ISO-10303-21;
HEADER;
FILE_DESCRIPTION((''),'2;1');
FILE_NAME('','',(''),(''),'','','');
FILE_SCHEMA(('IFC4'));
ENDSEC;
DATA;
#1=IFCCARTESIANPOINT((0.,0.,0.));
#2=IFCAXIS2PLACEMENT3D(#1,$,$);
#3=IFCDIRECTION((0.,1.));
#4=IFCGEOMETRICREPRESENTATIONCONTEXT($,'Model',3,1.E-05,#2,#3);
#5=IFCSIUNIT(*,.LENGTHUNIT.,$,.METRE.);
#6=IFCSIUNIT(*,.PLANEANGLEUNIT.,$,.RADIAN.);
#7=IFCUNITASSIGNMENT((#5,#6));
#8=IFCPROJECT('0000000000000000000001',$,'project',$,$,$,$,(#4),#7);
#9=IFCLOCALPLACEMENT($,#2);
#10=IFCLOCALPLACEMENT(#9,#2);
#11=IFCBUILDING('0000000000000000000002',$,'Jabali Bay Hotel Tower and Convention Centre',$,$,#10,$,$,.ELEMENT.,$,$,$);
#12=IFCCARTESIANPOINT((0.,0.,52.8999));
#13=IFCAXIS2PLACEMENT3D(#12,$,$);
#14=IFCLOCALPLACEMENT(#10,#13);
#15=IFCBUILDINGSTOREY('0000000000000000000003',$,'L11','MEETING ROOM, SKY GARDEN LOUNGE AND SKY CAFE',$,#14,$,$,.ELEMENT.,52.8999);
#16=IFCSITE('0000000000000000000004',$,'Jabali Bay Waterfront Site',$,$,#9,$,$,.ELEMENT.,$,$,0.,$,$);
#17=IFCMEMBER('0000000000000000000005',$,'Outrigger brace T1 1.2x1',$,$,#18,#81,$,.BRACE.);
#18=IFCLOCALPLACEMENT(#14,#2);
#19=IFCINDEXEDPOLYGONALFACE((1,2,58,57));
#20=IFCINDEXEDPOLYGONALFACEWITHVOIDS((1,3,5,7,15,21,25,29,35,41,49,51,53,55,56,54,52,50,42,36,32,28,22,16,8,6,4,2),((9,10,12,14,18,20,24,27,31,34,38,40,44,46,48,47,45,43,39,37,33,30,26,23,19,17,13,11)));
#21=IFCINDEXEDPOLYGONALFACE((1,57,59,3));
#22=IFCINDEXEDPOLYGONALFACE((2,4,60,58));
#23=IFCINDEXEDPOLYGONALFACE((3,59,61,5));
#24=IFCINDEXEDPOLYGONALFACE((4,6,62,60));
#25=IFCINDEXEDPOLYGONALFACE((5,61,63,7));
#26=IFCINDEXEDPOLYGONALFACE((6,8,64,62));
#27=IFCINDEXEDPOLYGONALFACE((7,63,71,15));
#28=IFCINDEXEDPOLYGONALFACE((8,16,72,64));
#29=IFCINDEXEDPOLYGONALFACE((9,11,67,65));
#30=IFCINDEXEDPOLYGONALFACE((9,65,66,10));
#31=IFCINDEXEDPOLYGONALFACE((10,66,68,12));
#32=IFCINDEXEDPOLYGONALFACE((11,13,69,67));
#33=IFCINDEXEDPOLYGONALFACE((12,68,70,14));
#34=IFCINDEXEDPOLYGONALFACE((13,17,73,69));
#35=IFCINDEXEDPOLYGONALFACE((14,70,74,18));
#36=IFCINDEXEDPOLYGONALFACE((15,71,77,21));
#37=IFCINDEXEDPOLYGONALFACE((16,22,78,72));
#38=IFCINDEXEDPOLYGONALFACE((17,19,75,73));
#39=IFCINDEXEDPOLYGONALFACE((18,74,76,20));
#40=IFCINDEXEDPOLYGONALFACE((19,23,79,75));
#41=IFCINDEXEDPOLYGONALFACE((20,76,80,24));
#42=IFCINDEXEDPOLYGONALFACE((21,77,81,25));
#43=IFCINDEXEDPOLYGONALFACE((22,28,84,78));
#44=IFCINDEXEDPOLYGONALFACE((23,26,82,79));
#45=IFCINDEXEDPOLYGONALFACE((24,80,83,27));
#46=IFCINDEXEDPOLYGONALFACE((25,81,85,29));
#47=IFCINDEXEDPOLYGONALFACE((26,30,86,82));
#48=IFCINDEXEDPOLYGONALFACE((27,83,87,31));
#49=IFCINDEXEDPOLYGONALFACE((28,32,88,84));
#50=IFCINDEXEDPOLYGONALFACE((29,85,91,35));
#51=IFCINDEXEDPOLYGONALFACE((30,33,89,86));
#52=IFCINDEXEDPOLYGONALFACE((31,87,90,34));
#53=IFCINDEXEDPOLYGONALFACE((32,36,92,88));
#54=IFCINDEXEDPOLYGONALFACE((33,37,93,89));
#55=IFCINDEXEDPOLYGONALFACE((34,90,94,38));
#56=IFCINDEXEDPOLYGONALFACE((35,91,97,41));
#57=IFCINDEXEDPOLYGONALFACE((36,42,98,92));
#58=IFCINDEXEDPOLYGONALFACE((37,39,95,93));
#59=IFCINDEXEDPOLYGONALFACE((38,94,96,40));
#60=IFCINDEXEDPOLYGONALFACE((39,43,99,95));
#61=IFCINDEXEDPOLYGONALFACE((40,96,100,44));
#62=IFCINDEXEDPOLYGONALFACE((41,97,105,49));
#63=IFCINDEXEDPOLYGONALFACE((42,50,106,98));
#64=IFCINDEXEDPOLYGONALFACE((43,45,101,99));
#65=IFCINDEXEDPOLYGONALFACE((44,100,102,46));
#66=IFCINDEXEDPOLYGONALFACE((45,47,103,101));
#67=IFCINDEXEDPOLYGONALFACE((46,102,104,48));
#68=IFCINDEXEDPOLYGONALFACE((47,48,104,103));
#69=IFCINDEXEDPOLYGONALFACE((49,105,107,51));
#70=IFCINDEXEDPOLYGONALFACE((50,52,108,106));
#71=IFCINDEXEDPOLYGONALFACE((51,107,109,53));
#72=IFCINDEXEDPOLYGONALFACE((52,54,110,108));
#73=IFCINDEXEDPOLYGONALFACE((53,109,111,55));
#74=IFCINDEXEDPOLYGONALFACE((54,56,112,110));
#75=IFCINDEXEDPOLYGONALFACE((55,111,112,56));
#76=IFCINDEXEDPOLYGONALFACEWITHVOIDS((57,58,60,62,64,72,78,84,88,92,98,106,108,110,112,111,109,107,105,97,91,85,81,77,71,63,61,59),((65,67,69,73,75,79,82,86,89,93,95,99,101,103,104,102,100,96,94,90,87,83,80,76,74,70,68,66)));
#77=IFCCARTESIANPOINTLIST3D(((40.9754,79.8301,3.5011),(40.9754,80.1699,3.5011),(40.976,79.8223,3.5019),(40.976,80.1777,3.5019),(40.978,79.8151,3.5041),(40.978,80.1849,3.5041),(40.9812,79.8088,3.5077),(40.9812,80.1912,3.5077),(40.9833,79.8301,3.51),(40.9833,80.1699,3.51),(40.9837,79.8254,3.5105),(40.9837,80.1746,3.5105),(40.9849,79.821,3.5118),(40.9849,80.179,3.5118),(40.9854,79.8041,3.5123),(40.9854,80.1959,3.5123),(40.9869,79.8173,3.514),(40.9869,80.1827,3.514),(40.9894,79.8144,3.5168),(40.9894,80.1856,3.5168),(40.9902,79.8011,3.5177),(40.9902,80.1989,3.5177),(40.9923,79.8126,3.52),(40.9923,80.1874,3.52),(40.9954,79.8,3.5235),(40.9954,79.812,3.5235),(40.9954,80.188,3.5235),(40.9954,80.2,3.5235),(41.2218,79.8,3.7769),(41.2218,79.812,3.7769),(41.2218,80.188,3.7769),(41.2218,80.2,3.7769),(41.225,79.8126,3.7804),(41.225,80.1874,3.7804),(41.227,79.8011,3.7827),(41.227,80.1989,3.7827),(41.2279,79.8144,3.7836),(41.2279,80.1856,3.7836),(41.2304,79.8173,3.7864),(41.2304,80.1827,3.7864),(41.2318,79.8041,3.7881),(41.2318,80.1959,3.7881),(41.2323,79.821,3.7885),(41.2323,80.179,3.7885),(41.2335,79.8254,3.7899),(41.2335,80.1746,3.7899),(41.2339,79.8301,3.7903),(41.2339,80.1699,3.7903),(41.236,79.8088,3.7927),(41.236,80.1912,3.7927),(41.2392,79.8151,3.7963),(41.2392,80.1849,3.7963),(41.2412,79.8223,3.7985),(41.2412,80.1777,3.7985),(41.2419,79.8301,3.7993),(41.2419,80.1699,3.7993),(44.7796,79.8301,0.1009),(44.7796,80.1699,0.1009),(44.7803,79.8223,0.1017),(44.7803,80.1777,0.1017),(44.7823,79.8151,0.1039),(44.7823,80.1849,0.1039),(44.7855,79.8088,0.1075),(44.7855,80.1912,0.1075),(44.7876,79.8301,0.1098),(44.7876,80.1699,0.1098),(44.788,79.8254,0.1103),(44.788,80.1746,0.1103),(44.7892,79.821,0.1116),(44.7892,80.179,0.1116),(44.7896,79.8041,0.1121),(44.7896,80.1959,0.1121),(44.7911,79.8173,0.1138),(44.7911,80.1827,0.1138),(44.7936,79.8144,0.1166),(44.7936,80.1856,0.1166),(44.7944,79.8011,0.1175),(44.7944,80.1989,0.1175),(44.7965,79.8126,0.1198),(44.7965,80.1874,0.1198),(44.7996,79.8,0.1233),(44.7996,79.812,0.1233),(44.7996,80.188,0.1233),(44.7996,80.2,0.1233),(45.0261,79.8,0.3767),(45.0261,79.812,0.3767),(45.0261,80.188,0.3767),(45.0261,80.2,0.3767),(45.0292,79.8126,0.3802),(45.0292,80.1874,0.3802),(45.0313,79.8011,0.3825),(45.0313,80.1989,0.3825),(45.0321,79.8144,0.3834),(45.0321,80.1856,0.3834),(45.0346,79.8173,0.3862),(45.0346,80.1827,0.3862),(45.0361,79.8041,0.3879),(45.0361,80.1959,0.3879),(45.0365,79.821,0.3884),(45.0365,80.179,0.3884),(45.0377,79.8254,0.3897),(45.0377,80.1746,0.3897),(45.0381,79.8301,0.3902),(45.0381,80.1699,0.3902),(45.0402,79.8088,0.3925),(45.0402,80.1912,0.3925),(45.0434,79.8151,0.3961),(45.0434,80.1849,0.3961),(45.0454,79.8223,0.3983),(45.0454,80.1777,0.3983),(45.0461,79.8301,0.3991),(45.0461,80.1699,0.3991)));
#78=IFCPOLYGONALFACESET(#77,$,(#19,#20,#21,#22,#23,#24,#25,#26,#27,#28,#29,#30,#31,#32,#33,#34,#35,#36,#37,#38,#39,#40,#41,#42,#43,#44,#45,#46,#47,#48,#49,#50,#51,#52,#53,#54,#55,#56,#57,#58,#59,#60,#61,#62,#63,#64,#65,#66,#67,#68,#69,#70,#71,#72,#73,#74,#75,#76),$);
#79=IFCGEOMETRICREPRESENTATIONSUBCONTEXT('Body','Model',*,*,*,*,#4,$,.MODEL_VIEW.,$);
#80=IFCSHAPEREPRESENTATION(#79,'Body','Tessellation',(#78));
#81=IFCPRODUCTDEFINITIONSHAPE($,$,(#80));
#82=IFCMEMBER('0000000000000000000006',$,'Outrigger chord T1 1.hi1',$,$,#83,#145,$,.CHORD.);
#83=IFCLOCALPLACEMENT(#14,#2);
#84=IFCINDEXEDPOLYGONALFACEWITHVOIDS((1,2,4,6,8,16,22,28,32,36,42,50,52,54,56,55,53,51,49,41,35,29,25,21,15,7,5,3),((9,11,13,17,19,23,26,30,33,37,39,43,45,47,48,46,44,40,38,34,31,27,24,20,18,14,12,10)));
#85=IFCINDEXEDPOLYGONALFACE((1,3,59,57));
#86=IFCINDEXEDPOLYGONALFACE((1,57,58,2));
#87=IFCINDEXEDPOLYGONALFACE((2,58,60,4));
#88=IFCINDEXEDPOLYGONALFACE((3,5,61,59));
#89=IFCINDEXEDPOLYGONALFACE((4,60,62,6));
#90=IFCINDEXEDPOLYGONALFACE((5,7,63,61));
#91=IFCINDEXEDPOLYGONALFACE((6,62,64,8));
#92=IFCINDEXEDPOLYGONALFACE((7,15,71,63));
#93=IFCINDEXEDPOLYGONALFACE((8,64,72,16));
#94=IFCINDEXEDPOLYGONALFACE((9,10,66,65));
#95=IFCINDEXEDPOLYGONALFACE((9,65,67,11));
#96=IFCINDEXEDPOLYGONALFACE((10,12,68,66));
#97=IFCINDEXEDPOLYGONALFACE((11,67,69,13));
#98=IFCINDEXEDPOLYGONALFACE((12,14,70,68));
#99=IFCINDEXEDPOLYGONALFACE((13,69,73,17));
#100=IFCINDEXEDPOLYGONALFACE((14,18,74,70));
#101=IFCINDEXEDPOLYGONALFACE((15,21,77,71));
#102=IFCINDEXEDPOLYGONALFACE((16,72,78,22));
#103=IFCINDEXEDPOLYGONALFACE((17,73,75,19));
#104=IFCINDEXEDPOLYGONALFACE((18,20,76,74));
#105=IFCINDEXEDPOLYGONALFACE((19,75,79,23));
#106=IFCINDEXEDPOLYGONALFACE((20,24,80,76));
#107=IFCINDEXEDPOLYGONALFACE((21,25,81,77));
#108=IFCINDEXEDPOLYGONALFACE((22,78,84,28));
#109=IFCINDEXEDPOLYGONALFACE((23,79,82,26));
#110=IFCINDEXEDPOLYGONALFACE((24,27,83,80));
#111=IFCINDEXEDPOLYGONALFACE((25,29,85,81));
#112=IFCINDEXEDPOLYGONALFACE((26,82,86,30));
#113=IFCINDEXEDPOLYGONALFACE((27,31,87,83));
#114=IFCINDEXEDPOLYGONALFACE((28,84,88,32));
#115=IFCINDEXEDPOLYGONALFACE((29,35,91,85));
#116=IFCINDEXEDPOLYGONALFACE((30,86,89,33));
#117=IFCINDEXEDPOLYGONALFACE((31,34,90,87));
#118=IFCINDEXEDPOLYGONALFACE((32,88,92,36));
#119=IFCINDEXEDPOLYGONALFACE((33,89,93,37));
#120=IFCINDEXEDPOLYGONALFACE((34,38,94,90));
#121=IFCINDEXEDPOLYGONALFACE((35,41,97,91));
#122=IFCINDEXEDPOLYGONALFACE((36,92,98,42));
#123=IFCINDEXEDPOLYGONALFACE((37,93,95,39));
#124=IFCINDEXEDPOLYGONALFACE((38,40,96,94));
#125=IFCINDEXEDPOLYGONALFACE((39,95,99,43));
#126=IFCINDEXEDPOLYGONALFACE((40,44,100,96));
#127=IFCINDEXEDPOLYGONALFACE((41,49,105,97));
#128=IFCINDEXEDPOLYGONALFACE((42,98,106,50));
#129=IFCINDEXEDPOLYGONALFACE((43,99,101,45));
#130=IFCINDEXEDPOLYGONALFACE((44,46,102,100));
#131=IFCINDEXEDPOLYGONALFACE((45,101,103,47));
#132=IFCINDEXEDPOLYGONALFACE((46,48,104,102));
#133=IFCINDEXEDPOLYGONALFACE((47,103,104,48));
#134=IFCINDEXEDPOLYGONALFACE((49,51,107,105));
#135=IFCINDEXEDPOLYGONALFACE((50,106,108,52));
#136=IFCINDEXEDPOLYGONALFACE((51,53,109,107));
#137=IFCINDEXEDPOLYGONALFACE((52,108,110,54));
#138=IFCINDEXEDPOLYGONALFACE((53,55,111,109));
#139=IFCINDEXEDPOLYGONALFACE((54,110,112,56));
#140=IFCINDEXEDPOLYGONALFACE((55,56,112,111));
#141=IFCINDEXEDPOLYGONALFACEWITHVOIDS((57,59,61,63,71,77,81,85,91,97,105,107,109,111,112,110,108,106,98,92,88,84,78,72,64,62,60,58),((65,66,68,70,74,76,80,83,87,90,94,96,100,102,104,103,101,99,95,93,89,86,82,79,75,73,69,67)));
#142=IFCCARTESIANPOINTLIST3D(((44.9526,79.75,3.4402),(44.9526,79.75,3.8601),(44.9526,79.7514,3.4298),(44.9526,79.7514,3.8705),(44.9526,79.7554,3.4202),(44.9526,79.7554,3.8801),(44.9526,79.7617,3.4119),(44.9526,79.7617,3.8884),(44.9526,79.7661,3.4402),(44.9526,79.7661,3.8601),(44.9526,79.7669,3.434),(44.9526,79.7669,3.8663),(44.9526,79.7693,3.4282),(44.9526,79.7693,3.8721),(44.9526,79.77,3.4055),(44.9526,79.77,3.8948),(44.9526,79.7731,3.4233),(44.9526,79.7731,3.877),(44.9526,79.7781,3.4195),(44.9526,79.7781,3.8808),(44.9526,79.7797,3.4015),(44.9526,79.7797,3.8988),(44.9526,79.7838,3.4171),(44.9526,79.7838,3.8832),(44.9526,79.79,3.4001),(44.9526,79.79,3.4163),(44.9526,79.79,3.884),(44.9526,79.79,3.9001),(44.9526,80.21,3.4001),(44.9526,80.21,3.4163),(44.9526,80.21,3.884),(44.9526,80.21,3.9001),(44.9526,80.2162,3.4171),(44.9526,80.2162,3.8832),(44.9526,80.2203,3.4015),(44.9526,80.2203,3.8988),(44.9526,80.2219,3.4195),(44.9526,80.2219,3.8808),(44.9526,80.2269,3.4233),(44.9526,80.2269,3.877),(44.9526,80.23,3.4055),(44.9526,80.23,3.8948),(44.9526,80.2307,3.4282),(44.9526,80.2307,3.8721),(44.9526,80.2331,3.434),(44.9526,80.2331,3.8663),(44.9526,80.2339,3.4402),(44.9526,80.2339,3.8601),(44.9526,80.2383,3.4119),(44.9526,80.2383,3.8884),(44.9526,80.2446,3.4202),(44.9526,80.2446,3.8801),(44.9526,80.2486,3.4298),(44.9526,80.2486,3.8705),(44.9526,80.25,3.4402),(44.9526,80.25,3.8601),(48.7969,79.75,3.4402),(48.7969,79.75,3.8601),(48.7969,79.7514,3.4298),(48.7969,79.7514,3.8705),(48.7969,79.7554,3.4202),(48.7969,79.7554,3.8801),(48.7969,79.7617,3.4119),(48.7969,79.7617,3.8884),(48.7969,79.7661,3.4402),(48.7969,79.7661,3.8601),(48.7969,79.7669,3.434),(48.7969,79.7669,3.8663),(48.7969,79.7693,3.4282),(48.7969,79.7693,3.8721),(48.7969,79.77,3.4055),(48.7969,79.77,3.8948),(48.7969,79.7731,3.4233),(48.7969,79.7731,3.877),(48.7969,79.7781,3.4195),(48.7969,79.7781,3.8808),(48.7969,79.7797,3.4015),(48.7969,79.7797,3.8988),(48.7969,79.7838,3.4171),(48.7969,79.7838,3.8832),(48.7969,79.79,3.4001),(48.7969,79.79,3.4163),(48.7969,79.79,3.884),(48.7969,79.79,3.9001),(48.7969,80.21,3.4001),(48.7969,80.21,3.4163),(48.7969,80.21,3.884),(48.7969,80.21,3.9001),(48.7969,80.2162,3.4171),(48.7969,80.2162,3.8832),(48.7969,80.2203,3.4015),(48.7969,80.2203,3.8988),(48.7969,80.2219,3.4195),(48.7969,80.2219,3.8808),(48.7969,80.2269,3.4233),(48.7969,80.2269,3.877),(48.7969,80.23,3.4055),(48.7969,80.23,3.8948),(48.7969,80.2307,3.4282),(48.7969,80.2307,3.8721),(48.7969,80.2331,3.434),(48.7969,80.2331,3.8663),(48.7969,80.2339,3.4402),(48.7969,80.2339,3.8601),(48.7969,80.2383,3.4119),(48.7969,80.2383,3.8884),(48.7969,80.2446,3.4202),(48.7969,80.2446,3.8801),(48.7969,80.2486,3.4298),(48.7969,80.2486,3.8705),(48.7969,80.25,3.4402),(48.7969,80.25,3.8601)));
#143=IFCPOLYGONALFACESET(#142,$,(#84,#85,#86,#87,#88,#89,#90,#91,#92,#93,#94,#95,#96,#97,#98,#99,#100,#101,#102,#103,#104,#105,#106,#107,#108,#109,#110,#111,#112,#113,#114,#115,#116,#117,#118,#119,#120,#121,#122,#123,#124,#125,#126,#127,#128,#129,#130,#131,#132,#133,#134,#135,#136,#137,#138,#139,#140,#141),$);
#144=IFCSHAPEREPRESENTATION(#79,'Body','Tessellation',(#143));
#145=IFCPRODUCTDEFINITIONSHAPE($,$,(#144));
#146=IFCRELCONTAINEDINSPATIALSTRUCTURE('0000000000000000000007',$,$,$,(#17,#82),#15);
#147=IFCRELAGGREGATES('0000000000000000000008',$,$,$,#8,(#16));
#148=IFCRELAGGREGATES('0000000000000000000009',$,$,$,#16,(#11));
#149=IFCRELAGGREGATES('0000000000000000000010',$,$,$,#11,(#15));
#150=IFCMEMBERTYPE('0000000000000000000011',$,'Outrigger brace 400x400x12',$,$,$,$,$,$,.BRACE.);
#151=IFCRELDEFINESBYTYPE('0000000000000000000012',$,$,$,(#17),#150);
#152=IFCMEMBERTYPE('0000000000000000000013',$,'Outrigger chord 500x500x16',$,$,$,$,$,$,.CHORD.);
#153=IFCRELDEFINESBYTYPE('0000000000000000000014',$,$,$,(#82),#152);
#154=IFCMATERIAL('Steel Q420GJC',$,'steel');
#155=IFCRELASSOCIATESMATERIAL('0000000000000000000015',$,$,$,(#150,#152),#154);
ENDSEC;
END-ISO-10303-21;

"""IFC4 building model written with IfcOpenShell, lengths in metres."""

from ifc_helpers import new_model, si_unit, direction, frame, origin, origin_2d, place, context, subcontext, project, spatial, hollow_rectangle, extrude, material, material_profile, profile_set, type_object, element, save


model = new_model("IFC4")

# Units and contexts
model_context = context("Model", 3, precision=1e-05, world=origin(), true_north=direction((0.0, 1.0)))
body_context = subcontext(model_context, "Body", "Model", "MODEL_VIEW")
ifc_project = project(units=[si_unit("LENGTHUNIT", "METRE"), si_unit("PLANEANGLEUNIT", "RADIAN")], contexts=[model_context])

# Site, building, storey
site_placement = place(None, origin())
site = spatial("IfcSite", under=ifc_project, at=site_placement, Name="Jabali Bay Waterfront Site", CompositionType="ELEMENT", RefElevation=0.0)
building_placement = place(site_placement, origin())
building = spatial("IfcBuilding", under=site, at=building_placement, Name="Jabali Bay Hotel Tower and Convention Centre", CompositionType="ELEMENT")
storey_placement = place(building_placement, frame((0.0, 0.0, 52.8999)))
storey = spatial("IfcBuildingStorey", under=building, at=storey_placement, Name="L11", Description="MEETING ROOM, SKY GARDEN LOUNGE AND SKY CAFE", CompositionType="ELEMENT", Elevation=52.8999)

# Shared definitions
ifc_material_1 = material(Name="Steel Q420GJC", Category="steel")

# Members
ifc_material_profile_1 = material_profile(ifc_material_1, hollow_rectangle(XDim=0.3999, YDim=0.3999, WallThickness=0.012, InnerFilletRadius=0.0181, OuterFilletRadius=0.03, at=origin_2d()), Name="Outrigger brace 400x400x12")
ifc_profile_set_1 = profile_set([ifc_material_profile_1], Name="Steel Q420GJC")
member_type_1 = type_object("IfcMemberType", Name="Outrigger brace 400x400x12", PredefinedType="BRACE", material=ifc_profile_set_1)
member_1_placement = place(storey_placement, frame((44.9128, 80.0, 0.25), z_axis=(-0.745593, 0.0, 0.666402), x_axis=(0.0, -1.0, 0.0)))
element("IfcMember", 1, at=member_1_placement, inside=storey, type_object=member_type_1, Name="Outrigger brace T1 1.2x1", PredefinedType="BRACE", context=body_context, shape_type="SweptSolid", body=[
    extrude(hollow_rectangle(XDim=0.3999, YDim=0.3999, WallThickness=0.012, InnerFilletRadius=0.0181, OuterFilletRadius=0.03, at=origin_2d()), origin(), (0.0, 0.0, 1.0), 5.1023),
])
ifc_material_profile_2 = material_profile(ifc_material_1, hollow_rectangle(XDim=0.5, YDim=0.5, WallThickness=0.0161, InnerFilletRadius=0.0239, OuterFilletRadius=0.04, at=origin_2d()), Name="Outrigger chord 500x500x16")
ifc_profile_set_2 = profile_set([ifc_material_profile_2], Name="Steel Q420GJC")
member_type_2 = type_object("IfcMemberType", Name="Outrigger chord 500x500x16", PredefinedType="CHORD", material=ifc_profile_set_2)
member_2_placement = place(storey_placement, frame((48.7969, 80.0, 3.6501), z_axis=(-1.0, 0.0, 0.0), x_axis=(0.0, -1.0, 0.0)))
element("IfcMember", 2, at=member_2_placement, inside=storey, type_object=member_type_2, Name="Outrigger chord T1 1.hi1", PredefinedType="CHORD", context=body_context, shape_type="SweptSolid", body=[
    extrude(hollow_rectangle(XDim=0.5, YDim=0.5, WallThickness=0.0161, InnerFilletRadius=0.0239, OuterFilletRadius=0.04, at=origin_2d()), origin(), (0.0, 0.0, 1.0), 3.8442),
])

save(model, "model.ifc")
